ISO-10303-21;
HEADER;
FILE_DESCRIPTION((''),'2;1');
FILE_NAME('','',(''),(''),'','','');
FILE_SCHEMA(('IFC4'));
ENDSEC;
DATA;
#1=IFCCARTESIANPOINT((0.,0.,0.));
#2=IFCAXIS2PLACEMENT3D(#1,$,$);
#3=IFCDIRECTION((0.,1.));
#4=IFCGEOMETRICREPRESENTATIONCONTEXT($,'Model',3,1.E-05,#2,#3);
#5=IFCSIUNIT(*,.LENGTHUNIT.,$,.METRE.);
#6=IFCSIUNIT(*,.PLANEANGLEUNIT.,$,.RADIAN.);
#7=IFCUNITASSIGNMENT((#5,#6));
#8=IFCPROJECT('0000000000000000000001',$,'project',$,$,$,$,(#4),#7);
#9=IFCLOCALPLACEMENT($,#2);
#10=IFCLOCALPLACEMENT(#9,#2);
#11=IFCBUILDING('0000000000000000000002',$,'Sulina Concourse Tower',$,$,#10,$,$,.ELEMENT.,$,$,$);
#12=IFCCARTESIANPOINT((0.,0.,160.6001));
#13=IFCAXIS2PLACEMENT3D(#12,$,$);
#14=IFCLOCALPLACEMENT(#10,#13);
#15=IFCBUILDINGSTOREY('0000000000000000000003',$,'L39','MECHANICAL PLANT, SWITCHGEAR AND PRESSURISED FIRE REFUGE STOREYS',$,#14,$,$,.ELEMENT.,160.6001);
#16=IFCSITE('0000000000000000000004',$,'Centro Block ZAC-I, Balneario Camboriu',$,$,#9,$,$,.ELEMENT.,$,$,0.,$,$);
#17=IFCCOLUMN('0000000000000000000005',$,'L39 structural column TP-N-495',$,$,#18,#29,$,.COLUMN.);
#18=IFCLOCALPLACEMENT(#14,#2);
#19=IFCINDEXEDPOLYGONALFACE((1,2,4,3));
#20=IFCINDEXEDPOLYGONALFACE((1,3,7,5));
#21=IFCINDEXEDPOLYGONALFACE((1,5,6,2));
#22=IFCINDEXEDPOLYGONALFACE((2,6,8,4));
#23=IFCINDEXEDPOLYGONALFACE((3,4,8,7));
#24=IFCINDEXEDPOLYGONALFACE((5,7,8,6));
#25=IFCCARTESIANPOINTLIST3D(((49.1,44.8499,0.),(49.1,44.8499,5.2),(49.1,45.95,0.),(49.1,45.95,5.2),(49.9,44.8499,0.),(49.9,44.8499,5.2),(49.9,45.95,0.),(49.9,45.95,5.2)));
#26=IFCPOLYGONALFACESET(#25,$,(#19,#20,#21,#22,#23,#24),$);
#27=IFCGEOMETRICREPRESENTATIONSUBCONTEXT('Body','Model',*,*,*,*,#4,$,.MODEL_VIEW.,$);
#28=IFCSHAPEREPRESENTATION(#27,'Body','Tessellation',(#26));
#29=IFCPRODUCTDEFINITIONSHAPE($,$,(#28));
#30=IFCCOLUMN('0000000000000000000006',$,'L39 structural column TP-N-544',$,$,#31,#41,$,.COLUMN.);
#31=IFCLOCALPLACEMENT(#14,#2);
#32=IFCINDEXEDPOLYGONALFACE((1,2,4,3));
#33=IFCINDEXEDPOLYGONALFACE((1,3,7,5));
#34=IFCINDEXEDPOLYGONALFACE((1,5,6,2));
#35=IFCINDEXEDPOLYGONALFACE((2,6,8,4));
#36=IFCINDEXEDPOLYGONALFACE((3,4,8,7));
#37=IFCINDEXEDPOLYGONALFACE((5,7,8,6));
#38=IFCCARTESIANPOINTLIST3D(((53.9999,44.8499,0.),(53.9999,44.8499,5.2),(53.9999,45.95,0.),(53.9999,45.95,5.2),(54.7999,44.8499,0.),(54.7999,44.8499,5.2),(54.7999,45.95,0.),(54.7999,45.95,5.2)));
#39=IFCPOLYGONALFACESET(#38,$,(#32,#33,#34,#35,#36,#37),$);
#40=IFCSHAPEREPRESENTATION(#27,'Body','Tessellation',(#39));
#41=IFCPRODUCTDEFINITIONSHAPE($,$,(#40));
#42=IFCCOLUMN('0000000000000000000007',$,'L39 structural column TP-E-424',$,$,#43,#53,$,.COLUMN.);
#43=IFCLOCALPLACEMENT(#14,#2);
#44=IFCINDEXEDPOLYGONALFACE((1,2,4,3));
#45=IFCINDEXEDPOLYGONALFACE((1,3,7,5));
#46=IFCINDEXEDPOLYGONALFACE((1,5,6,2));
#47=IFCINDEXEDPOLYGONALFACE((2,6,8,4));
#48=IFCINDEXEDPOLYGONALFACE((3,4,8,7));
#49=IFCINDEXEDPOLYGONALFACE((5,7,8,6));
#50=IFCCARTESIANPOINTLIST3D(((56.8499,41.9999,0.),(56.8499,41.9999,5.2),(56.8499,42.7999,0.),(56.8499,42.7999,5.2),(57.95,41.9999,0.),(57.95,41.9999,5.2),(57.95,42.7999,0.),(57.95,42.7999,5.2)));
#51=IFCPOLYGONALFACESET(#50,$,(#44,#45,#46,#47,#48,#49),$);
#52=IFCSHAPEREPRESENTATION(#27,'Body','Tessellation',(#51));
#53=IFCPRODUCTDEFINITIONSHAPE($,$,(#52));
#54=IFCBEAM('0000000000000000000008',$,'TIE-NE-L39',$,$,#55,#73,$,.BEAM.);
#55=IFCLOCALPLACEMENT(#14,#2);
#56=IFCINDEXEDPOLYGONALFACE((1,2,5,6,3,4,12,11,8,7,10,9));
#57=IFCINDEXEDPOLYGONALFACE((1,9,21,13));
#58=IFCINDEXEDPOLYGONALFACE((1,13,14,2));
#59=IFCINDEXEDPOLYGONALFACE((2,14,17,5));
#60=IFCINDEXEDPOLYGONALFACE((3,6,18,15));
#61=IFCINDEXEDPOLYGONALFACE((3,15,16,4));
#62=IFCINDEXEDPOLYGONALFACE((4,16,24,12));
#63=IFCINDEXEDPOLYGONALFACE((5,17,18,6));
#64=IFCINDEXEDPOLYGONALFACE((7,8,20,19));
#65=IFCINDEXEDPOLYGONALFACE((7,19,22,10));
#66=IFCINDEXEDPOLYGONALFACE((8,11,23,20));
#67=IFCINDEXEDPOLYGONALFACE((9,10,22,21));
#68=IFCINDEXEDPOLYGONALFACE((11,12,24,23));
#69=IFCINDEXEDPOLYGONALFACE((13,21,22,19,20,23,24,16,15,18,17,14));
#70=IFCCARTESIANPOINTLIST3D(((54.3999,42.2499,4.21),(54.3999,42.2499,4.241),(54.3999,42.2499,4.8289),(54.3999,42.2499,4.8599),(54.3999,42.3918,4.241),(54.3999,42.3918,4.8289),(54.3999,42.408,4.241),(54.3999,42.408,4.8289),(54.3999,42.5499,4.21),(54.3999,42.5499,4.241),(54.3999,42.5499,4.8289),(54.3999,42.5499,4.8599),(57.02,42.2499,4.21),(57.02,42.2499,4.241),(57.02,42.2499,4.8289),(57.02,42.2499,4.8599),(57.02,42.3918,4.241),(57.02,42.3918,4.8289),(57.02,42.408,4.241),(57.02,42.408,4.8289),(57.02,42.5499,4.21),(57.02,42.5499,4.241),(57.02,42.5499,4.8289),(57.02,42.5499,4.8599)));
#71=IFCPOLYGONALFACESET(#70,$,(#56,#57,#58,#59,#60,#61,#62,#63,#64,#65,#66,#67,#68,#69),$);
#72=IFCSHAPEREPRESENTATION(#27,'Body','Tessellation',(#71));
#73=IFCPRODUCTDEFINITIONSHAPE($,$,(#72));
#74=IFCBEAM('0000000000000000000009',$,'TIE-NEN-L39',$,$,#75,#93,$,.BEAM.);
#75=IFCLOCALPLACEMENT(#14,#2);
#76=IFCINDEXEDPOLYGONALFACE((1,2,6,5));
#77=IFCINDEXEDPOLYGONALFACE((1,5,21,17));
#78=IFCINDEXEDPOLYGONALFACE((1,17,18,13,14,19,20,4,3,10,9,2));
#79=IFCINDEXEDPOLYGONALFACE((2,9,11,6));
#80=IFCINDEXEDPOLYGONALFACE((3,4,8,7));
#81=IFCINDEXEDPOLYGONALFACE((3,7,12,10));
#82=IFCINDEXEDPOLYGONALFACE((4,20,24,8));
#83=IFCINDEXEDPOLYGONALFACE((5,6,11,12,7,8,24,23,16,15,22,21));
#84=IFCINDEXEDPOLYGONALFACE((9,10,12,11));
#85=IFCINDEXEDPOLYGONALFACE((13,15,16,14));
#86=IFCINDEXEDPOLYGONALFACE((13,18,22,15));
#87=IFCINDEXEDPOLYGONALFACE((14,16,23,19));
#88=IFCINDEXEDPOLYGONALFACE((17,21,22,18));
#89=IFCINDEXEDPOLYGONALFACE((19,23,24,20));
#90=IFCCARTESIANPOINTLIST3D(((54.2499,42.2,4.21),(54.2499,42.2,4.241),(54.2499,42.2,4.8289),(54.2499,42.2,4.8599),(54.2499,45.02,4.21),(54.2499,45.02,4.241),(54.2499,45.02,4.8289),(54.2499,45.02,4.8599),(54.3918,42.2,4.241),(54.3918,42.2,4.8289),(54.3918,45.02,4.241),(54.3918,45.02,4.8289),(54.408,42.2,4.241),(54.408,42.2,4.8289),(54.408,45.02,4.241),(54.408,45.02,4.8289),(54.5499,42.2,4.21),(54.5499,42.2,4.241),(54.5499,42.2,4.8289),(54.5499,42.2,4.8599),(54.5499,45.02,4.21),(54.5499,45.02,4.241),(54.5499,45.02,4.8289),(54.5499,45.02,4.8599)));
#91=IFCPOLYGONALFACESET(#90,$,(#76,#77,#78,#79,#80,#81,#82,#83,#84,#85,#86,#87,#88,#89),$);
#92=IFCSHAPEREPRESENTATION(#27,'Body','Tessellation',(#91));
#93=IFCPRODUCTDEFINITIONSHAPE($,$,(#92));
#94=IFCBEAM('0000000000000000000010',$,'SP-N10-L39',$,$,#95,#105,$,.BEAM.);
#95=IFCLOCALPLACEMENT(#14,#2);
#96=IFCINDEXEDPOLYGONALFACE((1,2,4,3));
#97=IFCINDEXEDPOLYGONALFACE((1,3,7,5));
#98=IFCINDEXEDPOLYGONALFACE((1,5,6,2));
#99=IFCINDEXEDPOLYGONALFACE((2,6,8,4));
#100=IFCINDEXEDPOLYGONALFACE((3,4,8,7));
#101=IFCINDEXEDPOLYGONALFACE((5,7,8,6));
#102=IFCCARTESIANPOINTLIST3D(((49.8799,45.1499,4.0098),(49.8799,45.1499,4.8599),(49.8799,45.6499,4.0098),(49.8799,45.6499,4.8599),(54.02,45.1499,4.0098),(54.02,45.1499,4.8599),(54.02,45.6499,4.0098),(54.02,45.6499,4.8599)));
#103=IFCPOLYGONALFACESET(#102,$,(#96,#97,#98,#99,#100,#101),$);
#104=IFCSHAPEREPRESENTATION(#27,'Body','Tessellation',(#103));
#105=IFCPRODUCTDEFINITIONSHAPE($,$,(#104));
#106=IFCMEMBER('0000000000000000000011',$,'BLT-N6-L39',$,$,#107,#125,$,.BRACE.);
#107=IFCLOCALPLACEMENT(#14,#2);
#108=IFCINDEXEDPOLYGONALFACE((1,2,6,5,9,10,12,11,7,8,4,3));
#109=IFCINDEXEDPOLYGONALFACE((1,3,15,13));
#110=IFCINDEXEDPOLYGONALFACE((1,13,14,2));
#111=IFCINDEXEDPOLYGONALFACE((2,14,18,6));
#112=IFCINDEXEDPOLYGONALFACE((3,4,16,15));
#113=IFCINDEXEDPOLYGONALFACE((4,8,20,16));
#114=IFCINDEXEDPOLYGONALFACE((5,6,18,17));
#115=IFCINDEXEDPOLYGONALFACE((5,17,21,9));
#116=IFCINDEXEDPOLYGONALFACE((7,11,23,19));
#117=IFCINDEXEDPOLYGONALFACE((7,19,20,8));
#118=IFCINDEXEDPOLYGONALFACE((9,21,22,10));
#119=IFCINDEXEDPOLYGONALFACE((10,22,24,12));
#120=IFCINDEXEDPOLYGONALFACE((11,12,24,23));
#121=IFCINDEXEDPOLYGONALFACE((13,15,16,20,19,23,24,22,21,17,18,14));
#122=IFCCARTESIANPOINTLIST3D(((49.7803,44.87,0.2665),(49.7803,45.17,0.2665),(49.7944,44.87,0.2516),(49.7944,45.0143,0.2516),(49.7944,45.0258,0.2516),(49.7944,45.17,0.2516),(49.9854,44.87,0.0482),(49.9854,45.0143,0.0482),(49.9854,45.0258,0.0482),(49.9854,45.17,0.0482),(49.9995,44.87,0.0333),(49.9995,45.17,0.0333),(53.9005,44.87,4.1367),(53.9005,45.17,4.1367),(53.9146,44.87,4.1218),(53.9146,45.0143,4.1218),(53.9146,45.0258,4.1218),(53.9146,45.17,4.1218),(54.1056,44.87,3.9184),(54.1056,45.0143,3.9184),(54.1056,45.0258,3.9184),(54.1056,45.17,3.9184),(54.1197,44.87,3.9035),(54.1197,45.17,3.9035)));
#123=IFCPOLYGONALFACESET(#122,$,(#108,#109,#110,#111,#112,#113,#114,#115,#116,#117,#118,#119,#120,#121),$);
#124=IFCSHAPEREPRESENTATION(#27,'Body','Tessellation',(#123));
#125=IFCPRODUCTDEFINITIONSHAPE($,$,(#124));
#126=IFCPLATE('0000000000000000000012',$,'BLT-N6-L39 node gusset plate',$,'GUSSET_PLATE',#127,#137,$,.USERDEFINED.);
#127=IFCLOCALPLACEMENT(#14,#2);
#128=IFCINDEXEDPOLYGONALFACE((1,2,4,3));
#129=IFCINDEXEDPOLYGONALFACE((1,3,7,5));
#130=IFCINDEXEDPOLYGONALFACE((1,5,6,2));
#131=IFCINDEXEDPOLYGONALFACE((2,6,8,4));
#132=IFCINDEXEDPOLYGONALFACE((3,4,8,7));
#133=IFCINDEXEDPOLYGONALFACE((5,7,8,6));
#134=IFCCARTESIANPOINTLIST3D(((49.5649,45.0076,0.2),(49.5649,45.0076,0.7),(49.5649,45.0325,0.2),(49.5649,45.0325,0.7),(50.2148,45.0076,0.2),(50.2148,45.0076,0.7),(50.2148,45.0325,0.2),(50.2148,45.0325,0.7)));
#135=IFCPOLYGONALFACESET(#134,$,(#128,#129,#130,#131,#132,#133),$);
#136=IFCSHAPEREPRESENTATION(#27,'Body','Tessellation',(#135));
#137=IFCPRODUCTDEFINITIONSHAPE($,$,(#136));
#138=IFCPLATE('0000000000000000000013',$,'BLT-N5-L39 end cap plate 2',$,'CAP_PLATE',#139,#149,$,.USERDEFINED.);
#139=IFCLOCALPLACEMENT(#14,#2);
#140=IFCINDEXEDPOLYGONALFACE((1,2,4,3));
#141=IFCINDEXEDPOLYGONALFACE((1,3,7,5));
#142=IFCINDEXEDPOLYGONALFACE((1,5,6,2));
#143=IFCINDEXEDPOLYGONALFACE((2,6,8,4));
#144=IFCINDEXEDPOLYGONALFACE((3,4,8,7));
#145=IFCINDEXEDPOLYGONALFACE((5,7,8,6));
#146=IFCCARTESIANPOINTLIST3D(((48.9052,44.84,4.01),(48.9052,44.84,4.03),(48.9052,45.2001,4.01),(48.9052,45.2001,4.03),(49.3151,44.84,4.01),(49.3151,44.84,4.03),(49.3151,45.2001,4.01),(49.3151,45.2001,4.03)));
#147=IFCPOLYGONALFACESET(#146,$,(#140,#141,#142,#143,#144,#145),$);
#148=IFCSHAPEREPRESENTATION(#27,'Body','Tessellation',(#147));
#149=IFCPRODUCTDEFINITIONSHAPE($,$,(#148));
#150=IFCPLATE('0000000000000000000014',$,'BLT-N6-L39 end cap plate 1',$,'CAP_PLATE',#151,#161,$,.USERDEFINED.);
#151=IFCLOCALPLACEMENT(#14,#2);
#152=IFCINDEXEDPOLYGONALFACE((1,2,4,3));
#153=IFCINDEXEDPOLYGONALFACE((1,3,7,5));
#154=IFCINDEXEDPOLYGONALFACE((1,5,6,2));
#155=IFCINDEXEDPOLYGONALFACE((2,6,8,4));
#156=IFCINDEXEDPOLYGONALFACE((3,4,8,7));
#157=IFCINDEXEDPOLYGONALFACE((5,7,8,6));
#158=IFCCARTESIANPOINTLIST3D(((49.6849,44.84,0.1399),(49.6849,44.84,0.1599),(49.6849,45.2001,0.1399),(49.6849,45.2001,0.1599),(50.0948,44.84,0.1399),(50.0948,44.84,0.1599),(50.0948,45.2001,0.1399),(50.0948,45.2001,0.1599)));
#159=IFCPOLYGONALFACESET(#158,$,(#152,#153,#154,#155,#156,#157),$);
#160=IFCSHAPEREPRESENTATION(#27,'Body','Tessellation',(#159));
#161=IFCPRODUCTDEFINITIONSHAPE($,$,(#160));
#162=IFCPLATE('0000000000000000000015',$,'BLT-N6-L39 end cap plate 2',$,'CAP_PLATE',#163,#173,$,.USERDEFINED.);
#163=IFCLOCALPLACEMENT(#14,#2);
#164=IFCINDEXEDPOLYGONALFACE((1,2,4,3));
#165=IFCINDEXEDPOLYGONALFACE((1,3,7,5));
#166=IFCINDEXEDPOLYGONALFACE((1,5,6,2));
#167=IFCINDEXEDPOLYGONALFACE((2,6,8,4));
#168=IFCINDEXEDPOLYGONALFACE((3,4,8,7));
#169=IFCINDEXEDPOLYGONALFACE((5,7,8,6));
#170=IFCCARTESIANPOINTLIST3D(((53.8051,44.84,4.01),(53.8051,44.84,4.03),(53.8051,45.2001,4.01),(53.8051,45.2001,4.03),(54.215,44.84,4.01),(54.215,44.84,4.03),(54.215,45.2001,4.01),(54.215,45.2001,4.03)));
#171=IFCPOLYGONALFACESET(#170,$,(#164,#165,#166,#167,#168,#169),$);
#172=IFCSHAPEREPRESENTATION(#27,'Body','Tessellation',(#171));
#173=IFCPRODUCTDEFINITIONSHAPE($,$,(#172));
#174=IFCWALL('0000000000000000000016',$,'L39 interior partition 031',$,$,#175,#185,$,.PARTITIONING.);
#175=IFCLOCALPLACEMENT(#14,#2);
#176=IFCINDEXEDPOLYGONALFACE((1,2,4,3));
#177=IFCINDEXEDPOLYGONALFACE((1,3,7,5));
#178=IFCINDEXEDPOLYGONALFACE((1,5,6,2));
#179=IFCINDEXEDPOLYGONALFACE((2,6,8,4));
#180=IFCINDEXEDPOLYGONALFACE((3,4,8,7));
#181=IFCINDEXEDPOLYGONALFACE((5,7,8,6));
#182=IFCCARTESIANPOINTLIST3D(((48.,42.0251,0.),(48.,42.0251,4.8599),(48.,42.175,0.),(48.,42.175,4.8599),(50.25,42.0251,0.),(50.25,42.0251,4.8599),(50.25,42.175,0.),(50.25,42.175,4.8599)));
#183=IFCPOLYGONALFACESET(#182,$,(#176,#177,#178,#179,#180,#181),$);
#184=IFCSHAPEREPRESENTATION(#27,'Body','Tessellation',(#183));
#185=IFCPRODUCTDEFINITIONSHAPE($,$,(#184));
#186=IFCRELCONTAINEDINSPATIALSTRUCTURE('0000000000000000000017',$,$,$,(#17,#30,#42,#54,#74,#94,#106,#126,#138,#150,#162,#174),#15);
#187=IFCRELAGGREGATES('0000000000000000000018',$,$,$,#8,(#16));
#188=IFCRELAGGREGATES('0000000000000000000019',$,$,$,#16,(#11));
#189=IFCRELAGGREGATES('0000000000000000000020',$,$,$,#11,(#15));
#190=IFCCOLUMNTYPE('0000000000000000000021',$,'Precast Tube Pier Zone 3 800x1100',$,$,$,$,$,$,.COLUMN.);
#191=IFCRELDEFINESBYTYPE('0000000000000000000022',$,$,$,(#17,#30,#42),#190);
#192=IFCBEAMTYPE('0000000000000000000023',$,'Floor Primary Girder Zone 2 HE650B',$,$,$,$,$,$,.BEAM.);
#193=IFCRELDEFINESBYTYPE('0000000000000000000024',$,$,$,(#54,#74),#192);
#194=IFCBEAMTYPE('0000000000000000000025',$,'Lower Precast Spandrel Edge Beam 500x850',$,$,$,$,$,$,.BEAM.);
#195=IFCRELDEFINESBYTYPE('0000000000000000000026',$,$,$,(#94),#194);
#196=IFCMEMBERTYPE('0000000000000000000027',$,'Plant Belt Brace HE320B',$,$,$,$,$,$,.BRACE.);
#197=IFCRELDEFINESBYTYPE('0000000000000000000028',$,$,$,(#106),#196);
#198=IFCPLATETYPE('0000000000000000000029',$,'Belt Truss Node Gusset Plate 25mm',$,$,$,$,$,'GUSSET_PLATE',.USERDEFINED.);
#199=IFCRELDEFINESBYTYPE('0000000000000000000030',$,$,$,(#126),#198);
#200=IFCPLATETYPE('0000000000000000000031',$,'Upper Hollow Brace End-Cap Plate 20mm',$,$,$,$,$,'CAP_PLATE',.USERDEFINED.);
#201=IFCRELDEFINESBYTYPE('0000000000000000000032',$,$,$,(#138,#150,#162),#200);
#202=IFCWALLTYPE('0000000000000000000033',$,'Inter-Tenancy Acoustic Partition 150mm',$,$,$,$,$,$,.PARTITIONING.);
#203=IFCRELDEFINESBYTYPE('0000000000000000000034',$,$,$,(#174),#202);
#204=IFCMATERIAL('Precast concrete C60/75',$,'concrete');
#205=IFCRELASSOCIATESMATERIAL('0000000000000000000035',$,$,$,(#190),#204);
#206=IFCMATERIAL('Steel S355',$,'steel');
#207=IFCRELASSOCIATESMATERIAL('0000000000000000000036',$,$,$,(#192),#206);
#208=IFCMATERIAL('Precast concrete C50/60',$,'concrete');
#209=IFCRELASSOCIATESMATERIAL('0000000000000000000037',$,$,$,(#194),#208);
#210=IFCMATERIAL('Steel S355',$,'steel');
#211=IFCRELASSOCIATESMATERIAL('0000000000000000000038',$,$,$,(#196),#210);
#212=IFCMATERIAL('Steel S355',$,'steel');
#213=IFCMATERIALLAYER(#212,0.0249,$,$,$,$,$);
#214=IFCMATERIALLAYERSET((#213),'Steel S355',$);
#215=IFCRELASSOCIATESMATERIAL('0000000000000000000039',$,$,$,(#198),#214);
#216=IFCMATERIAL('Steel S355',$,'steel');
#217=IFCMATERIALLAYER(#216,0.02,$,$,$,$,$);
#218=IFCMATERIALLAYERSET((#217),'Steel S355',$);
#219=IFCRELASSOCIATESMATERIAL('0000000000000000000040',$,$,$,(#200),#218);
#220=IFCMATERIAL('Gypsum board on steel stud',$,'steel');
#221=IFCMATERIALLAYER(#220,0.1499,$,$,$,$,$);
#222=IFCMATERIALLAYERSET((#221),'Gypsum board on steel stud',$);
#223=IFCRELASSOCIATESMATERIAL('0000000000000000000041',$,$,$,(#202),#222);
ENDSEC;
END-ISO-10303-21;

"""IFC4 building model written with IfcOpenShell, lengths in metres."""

from ifc_helpers import new_model, si_unit, direction, frame, frame_2d, origin, origin_2d, place, context, subcontext, project, spatial, rectangle, i_section, extrude, material, layer, layer_set, material_profile, profile_set, type_object, element, save


model = new_model("IFC4")

# Units and contexts
model_context = context("Model", 3, precision=1e-05, world=origin(), true_north=direction((0.0, 1.0)))
body_context = subcontext(model_context, "Body", "Model", "MODEL_VIEW")
ifc_project = project(units=[si_unit("LENGTHUNIT", "METRE"), si_unit("PLANEANGLEUNIT", "RADIAN")], contexts=[model_context])

# Site, building, storey
site_placement = place(None, origin())
site = spatial("IfcSite", under=ifc_project, at=site_placement, Name="Centro Block ZAC-I, Balneario Camboriu", CompositionType="ELEMENT", RefElevation=0.0)
building_placement = place(site_placement, origin())
building = spatial("IfcBuilding", under=site, at=building_placement, Name="Sulina Concourse Tower", CompositionType="ELEMENT")
storey_placement = place(building_placement, frame((0.0, 0.0, 160.6001)))
storey = spatial("IfcBuildingStorey", under=building, at=storey_placement, Name="L39", Description="MECHANICAL PLANT, SWITCHGEAR AND PRESSURISED FIRE REFUGE STOREYS", CompositionType="ELEMENT", Elevation=160.6001)

# Columns
ifc_material_1 = material(Name="Precast concrete C60/75", Category="concrete")
ifc_material_profile_1 = material_profile(ifc_material_1, rectangle(XDim=0.8, YDim=1.1001, at=origin_2d()), Name="PC 800x1100")
ifc_profile_set_1 = profile_set([ifc_material_profile_1], Name="Precast concrete C60/75")
column_type = type_object("IfcColumnType", Name="Precast Tube Pier Zone 3 800x1100", PredefinedType="COLUMN", material=ifc_profile_set_1)
for number, where, z_axis, x_axis, name in (
    (1, (49.5, 45.3999, 0.0), (0.0, 0.0, 1.0), (1.0, 0.0, 0.0), "L39 structural column TP-N-495"),
    (2, (54.3999, 45.3999, 0.0), (0.0, 0.0, 1.0), (1.0, 0.0, 0.0), "L39 structural column TP-N-544"),
    (3, (57.3999, 42.3999, 0.0), (0.0, 0.0, 1.0), (0.0, 1.0, 0.0), "L39 structural column TP-E-424"),
):
    element("IfcColumn", number, at=place(storey_placement, frame(where, z_axis=z_axis, x_axis=x_axis)), inside=storey, type_object=column_type, Name=name, PredefinedType="COLUMN", context=body_context, shape_type="SweptSolid", body=[
        extrude(rectangle(XDim=0.8, YDim=1.1001, at=origin_2d()), origin(), (0.0, 0.0, 1.0), 5.2),
    ])

# Beams
ifc_material_2 = material(Name="Steel S355", Category="steel")
ifc_material_profile_2 = material_profile(ifc_material_2, i_section(OverallWidth=0.3, OverallDepth=0.6499, WebThickness=0.0161, FlangeThickness=0.031, at=origin_2d()), Name="HE 650 B")
ifc_profile_set_2 = profile_set([ifc_material_profile_2], Name="Steel S355")
beam_type_1 = type_object("IfcBeamType", Name="Floor Primary Girder Zone 2 HE650B", PredefinedType="BEAM", material=ifc_profile_set_2)
beam_1_placement = place(storey_placement, frame((54.3999, 42.3999, 4.5349), z_axis=(1.0, 0.0, 0.0), x_axis=(0.0, 1.0, 0.0)))
element("IfcBeam", 4, at=beam_1_placement, inside=storey, type_object=beam_type_1, Name="TIE-NE-L39", PredefinedType="BEAM", context=body_context, shape_type="SweptSolid", body=[
    extrude(i_section(OverallWidth=0.3, OverallDepth=0.6499, WebThickness=0.0161, FlangeThickness=0.031, at=origin_2d()), origin(), (0.0, 0.0, 1.0), 2.6201),
])
beam_2_placement = place(storey_placement, frame((54.3999, 42.2, 4.5349), z_axis=(0.0, 1.0, 0.0), x_axis=(-1.0, 0.0, 0.0)))
element("IfcBeam", 5, at=beam_2_placement, inside=storey, type_object=beam_type_1, Name="TIE-NEN-L39", PredefinedType="BEAM", context=body_context, shape_type="SweptSolid", body=[
    extrude(i_section(OverallWidth=0.3, OverallDepth=0.6499, WebThickness=0.0161, FlangeThickness=0.031, at=origin_2d()), origin(), (0.0, 0.0, 1.0), 2.8201),
])
ifc_material_3 = material(Name="Precast concrete C50/60", Category="concrete")
ifc_material_profile_3 = material_profile(ifc_material_3, rectangle(XDim=0.5, YDim=0.8501, at=origin_2d()), Name="RC 500x850")
ifc_profile_set_3 = profile_set([ifc_material_profile_3], Name="Precast concrete C50/60")
beam_type_2 = type_object("IfcBeamType", Name="Lower Precast Spandrel Edge Beam 500x850", PredefinedType="BEAM", material=ifc_profile_set_3)
beam_3_placement = place(storey_placement, frame((49.8799, 45.3999, 4.4348), z_axis=(1.0, 0.0, 0.0), x_axis=(0.0, 1.0, 0.0)))
element("IfcBeam", 6, at=beam_3_placement, inside=storey, type_object=beam_type_2, Name="SP-N10-L39", PredefinedType="BEAM", context=body_context, shape_type="SweptSolid", body=[
    extrude(rectangle(XDim=0.5, YDim=0.8501, at=origin_2d()), origin(), (0.0, 0.0, 1.0), 4.1401),
])

# Member
ifc_material_4 = material(Name="Steel S355", Category="steel")
ifc_material_profile_4 = material_profile(ifc_material_4, i_section(OverallWidth=0.3, OverallDepth=0.3201, WebThickness=0.0115, FlangeThickness=0.0205, at=origin_2d()), Name="HE 320 B")
ifc_profile_set_4 = profile_set([ifc_material_profile_4], Name="Steel S355")
member_type = type_object("IfcMemberType", Name="Plant Belt Brace HE320B", PredefinedType="BRACE", material=ifc_profile_set_4)
member_placement = place(storey_placement, frame((49.8899, 45.02, 0.1499), z_axis=(0.728874, 0.0, 0.684648), x_axis=(0.0, 1.0, 0.0)))
element("IfcMember", 7, at=member_placement, inside=storey, type_object=member_type, Name="BLT-N6-L39", PredefinedType="BRACE", context=body_context, shape_type="SweptSolid", body=[
    extrude(i_section(OverallWidth=0.3, OverallDepth=0.3201, WebThickness=0.0115, FlangeThickness=0.0205, at=origin_2d()), origin(), (0.0, 0.0, 1.0), 5.6528),
])

# Plates
ifc_material_5 = material(Name="Steel S355", Category="steel")
ifc_layer_1 = layer(ifc_material_5, 0.0249)
ifc_layer_set_1 = layer_set([ifc_layer_1], Name="Steel S355")
plate_type_1 = type_object("IfcPlateType", Name="Belt Truss Node Gusset Plate 25mm", ElementType="GUSSET_PLATE", PredefinedType="USERDEFINED", material=ifc_layer_set_1)
plate_placement = place(storey_placement, frame((49.8899, 45.02, 0.2), z_axis=(0.0, 0.0, 1.0), x_axis=(1.0, 0.0, 0.0)))
element("IfcPlate", 8, at=plate_placement, inside=storey, type_object=plate_type_1, Name="BLT-N6-L39 node gusset plate", ObjectType="GUSSET_PLATE", PredefinedType="USERDEFINED", context=body_context, shape_type="SweptSolid", body=[
    extrude(rectangle(XDim=0.6499, YDim=0.0249, at=origin_2d()), origin(), (0.0, 0.0, 1.0), 0.5),
])
ifc_material_6 = material(Name="Steel S355", Category="steel")
ifc_layer_2 = layer(ifc_material_6, 0.02)
ifc_layer_set_2 = layer_set([ifc_layer_2], Name="Steel S355")
plate_type_2 = type_object("IfcPlateType", Name="Upper Hollow Brace End-Cap Plate 20mm", ElementType="CAP_PLATE", PredefinedType="USERDEFINED", material=ifc_layer_set_2)
for number, where, z_axis, x_axis, name in (
    (9, (49.1101, 45.02, 4.01), (0.0, 0.0, 1.0), (1.0, 0.0, 0.0), "BLT-N5-L39 end cap plate 2"),
    (10, (49.8899, 45.02, 0.1399), (0.0, 0.0, 1.0), (1.0, 0.0, 0.0), "BLT-N6-L39 end cap plate 1"),
    (11, (54.01, 45.02, 4.01), (0.0, 0.0, 1.0), (1.0, 0.0, 0.0), "BLT-N6-L39 end cap plate 2"),
):
    element("IfcPlate", number, at=place(storey_placement, frame(where, z_axis=z_axis, x_axis=x_axis)), inside=storey, type_object=plate_type_2, Name=name, ObjectType="CAP_PLATE", PredefinedType="USERDEFINED", context=body_context, shape_type="SweptSolid", body=[
        extrude(rectangle(XDim=0.4099, YDim=0.3601, at=origin_2d()), origin(), (0.0, 0.0, 1.0), 0.02),
    ])

# Wall
ifc_material_7 = material(Name="Gypsum board on steel stud", Category="steel")
ifc_layer_3 = layer(ifc_material_7, 0.1499)
ifc_layer_set_3 = layer_set([ifc_layer_3], Name="Gypsum board on steel stud")
wall_type_1 = type_object("IfcWallType", Name="Inter-Tenancy Acoustic Partition 150mm", PredefinedType="PARTITIONING", material=ifc_layer_set_3)
wall_1_placement = place(storey_placement, frame((48.0, 42.1001, 0.0), z_axis=(0.0, 0.0, 1.0), x_axis=(1.0, 0.0, 0.0)))
element("IfcWall", 12, at=wall_1_placement, inside=storey, type_object=wall_type_1, Name="L39 interior partition 031", PredefinedType="PARTITIONING", context=body_context, shape_type="SweptSolid", body=[
    extrude(rectangle(XDim=2.25, YDim=0.1499, at=frame_2d((1.125, 0.0))), origin(), (0.0, 0.0, 1.0), 4.8599),
])

save(model, "model.ifc")
